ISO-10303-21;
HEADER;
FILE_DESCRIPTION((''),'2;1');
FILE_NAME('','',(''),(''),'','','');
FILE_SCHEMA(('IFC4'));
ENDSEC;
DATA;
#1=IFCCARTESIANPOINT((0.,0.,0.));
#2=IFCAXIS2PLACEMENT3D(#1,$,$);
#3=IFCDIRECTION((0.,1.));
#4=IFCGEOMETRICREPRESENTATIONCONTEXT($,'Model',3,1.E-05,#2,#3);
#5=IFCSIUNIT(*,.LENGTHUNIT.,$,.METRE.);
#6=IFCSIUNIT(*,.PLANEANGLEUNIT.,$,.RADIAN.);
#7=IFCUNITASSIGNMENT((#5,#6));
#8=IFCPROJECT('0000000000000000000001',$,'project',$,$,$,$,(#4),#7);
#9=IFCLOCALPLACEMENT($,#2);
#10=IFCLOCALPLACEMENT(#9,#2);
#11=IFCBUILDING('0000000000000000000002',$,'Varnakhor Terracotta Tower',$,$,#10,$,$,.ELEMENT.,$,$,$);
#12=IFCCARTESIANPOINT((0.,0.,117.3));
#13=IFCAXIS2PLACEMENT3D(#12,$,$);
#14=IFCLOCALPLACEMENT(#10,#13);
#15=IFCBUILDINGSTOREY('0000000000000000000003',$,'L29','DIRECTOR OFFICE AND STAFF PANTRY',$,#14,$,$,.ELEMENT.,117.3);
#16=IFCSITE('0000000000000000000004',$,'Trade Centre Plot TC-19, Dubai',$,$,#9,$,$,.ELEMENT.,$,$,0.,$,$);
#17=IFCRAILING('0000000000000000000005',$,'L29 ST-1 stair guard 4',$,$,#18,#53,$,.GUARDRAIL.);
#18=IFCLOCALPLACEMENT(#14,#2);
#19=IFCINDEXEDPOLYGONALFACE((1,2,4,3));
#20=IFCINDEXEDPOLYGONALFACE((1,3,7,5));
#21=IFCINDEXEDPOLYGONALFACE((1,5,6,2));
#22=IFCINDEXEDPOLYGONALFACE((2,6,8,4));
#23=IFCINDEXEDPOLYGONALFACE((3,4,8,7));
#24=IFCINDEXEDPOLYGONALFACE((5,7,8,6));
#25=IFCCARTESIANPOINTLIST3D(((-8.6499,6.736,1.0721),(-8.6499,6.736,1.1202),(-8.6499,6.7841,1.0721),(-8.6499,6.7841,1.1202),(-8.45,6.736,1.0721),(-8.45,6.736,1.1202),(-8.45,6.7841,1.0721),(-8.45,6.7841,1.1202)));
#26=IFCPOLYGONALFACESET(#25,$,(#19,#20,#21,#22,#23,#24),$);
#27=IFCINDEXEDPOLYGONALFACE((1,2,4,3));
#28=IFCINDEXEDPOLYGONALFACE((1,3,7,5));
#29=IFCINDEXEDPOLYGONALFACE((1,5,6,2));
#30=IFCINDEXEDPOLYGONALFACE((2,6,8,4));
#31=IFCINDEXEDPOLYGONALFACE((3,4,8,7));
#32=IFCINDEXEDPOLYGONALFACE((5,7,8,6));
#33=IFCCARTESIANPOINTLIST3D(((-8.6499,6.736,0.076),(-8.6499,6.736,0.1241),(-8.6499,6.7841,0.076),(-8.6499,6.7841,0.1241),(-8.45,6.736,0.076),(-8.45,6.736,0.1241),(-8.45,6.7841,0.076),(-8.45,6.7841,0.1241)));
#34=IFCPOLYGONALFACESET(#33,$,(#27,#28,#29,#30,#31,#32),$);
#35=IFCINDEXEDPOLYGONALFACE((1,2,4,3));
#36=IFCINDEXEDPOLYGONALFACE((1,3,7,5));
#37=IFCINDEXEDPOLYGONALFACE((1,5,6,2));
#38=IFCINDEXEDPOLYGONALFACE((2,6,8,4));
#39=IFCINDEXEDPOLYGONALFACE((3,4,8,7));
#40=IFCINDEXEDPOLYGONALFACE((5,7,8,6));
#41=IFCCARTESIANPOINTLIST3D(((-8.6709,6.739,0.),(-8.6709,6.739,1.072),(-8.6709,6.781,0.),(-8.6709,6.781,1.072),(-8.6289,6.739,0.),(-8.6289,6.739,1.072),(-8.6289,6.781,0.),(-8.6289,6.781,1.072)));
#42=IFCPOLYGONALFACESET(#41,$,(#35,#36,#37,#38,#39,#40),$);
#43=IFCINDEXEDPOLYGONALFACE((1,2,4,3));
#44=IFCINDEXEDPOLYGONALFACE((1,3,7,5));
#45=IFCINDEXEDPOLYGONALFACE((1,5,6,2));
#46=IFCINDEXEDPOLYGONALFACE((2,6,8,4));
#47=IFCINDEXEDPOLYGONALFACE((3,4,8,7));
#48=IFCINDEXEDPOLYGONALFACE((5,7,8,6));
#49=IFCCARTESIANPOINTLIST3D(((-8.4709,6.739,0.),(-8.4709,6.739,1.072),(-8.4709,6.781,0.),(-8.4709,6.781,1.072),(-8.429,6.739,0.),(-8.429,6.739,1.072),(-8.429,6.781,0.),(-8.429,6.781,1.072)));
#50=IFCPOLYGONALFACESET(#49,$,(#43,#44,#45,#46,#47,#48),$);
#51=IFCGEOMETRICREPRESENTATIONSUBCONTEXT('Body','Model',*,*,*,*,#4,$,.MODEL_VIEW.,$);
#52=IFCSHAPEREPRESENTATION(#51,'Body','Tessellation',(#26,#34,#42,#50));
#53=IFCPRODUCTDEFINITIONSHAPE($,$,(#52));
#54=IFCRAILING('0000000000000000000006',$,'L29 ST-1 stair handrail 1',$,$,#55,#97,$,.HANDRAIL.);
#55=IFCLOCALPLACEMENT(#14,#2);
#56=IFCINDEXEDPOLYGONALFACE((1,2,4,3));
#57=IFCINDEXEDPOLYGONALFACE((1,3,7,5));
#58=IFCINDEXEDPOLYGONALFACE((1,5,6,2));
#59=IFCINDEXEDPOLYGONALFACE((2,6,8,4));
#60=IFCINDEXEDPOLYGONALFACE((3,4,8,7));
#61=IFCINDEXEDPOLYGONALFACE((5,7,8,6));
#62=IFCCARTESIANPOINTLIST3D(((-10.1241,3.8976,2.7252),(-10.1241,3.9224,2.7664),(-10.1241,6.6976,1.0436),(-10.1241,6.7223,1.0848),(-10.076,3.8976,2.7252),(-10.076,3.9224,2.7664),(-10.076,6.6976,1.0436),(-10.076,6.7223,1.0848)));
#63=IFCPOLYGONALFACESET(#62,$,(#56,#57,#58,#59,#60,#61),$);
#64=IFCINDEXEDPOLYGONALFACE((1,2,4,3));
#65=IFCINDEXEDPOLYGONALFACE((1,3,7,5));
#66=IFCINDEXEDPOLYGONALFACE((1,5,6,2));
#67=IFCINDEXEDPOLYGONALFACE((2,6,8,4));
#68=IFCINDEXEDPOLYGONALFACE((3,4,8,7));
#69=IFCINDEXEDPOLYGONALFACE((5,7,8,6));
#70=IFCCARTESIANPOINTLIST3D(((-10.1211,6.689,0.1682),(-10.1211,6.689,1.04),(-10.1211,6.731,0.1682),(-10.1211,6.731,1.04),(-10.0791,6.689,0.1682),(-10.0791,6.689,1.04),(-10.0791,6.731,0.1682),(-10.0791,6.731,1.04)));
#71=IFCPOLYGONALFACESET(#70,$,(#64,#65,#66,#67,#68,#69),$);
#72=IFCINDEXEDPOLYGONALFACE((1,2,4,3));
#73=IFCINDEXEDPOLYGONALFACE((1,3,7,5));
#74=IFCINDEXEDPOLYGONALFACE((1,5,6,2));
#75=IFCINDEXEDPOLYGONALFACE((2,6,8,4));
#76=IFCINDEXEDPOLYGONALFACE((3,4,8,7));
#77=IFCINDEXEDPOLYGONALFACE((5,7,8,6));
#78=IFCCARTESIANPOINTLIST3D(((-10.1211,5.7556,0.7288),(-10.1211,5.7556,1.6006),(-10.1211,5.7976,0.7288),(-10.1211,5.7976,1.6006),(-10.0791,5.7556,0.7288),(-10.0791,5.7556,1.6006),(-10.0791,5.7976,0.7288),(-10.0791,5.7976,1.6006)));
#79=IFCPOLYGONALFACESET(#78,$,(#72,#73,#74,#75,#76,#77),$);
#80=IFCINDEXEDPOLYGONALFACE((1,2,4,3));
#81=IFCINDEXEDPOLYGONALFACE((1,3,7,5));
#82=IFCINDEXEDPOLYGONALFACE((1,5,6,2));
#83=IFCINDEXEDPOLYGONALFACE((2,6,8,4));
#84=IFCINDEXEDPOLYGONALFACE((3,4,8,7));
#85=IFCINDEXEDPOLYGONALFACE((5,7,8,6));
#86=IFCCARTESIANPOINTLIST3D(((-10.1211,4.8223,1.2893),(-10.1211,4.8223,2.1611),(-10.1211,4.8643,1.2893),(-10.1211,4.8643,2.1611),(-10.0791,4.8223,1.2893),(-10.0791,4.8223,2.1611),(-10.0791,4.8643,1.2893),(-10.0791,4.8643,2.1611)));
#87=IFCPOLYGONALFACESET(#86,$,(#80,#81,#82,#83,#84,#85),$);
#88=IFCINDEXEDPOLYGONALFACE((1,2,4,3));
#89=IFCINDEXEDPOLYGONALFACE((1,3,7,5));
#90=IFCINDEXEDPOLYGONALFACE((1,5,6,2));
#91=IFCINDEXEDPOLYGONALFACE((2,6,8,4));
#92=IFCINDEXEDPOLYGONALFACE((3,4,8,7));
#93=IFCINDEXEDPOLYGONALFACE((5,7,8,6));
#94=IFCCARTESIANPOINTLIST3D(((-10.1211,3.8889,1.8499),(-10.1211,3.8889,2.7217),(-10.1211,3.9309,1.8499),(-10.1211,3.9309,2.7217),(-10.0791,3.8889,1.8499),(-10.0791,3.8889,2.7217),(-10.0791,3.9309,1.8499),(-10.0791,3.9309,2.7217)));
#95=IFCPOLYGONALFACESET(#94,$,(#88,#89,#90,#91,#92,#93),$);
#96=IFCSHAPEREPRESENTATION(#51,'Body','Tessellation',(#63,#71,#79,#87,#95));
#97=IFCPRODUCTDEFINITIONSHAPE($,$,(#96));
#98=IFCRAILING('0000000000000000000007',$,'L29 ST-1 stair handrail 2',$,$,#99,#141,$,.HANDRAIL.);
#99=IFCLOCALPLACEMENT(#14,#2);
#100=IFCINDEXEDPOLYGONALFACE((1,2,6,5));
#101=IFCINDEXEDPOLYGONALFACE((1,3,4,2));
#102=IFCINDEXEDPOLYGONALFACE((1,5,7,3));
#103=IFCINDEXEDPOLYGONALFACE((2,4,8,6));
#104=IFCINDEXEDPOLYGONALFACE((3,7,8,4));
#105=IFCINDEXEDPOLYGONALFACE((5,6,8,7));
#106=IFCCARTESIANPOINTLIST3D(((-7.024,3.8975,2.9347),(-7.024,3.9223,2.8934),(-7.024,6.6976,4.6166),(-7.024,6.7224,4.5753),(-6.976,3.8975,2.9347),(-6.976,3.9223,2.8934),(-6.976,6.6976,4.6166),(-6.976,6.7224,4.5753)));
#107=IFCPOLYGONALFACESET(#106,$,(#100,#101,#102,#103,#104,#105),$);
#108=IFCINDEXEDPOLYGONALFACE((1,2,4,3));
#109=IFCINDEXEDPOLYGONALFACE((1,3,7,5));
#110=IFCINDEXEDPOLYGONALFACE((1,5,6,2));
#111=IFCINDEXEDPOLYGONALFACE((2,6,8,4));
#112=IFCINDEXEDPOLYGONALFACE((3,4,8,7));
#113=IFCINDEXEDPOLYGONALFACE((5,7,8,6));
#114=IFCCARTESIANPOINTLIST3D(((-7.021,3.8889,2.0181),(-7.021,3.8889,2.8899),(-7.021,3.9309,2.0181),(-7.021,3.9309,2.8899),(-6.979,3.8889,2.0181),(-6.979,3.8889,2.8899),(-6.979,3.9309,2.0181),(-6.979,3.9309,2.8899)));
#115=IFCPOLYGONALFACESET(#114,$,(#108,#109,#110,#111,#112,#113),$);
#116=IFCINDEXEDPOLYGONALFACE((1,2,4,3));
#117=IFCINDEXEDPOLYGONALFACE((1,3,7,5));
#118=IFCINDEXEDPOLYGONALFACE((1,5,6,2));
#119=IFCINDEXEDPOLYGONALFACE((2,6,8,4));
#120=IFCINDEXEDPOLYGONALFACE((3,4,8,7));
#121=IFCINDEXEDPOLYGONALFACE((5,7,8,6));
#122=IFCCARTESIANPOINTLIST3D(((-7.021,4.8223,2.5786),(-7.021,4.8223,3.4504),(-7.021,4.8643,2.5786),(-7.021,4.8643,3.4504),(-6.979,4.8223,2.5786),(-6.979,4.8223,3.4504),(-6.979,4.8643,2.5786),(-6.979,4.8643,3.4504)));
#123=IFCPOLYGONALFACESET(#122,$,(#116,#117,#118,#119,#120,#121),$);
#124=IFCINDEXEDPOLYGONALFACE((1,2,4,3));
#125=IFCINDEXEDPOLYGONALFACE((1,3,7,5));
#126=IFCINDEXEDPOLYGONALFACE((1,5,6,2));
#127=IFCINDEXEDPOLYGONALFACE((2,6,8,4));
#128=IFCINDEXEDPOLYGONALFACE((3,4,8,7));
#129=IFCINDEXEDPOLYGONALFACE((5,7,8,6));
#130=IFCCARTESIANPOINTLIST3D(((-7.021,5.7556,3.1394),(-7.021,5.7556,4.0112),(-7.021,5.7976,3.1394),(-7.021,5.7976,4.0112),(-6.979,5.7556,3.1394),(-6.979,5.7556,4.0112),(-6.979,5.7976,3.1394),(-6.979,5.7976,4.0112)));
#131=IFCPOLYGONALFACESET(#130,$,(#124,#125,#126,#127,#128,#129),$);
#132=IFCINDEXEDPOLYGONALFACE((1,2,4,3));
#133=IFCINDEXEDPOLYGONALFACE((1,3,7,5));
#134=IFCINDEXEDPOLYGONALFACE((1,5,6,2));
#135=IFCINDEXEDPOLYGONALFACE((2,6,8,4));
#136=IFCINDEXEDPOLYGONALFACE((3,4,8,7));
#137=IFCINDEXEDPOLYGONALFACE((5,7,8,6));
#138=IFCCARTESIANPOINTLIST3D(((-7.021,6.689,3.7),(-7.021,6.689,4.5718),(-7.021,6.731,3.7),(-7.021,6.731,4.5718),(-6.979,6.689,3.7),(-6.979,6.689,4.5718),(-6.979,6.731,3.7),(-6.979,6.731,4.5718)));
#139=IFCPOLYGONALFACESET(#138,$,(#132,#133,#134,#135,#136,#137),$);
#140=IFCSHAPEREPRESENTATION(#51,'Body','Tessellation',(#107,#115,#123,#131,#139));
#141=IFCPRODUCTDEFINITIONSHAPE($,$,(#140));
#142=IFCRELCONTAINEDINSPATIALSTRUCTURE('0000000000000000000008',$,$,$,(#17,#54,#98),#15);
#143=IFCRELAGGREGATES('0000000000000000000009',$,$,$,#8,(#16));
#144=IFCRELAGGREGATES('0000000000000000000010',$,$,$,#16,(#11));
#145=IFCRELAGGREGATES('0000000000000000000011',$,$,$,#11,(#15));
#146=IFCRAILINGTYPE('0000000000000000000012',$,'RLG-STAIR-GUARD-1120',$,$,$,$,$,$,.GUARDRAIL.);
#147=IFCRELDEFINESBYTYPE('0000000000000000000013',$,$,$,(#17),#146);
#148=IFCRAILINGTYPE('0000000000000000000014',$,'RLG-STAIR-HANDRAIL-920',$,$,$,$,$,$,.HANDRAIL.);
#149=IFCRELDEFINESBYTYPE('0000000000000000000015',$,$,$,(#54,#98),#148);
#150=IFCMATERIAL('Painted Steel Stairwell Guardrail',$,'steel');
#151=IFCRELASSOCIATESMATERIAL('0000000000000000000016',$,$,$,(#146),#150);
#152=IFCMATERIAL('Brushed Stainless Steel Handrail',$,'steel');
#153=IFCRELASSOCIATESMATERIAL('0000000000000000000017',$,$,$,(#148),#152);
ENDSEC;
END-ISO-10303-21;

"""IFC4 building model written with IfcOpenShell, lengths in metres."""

from ifc_helpers import new_model, si_unit, direction, frame, origin, origin_2d, place, context, subcontext, project, spatial, rectangle, extrude, material, type_object, element, save


model = new_model("IFC4")

# Units and contexts
model_context = context("Model", 3, precision=1e-05, world=origin(), true_north=direction((0.0, 1.0)))
body_context = subcontext(model_context, "Body", "Model", "MODEL_VIEW")
ifc_project = project(units=[si_unit("LENGTHUNIT", "METRE"), si_unit("PLANEANGLEUNIT", "RADIAN")], contexts=[model_context])

# Site, building, storey
site_placement = place(None, origin())
site = spatial("IfcSite", under=ifc_project, at=site_placement, Name="Trade Centre Plot TC-19, Dubai", CompositionType="ELEMENT", RefElevation=0.0)
building_placement = place(site_placement, origin())
building = spatial("IfcBuilding", under=site, at=building_placement, Name="Varnakhor Terracotta Tower", CompositionType="ELEMENT")
storey_placement = place(building_placement, frame((0.0, 0.0, 117.3)))
storey = spatial("IfcBuildingStorey", under=building, at=storey_placement, Name="L29", Description="DIRECTOR OFFICE AND STAFF PANTRY", CompositionType="ELEMENT", Elevation=117.3)

# Railings
ifc_material_1 = material(Name="Painted Steel Stairwell Guardrail", Category="steel")
railing_type_1 = type_object("IfcRailingType", Name="RLG-STAIR-GUARD-1120", PredefinedType="GUARDRAIL", material=ifc_material_1)
railing_1_placement = place(storey_placement, frame((-8.6499, 6.76, 0.0)))
element("IfcRailing", 1, at=railing_1_placement, inside=storey, type_object=railing_type_1, Name="L29 ST-1 stair guard 4", PredefinedType="GUARDRAIL", context=body_context, shape_type="SweptSolid", body=[
    extrude(rectangle(XDim=0.0481, YDim=0.0481, at=origin_2d()), frame((0.0, 0.0, 1.0962), z_axis=(1.0, 0.0, 0.0), x_axis=(0.0, 1.0, 0.0)), (0.0, 0.0, 1.0), 0.2),
    extrude(rectangle(XDim=0.0481, YDim=0.0481, at=origin_2d()), frame((0.0, 0.0, 0.1001), z_axis=(1.0, 0.0, 0.0), x_axis=(0.0, 1.0, 0.0)), (0.0, 0.0, 1.0), 0.2),
    extrude(rectangle(XDim=0.042, YDim=0.042, at=origin_2d()), origin(), (0.0, 0.0, 1.0), 1.072),
    extrude(rectangle(XDim=0.042, YDim=0.042, at=origin_2d()), frame((0.2, 0.0, 0.0)), (0.0, 0.0, 1.0), 1.072),
])
ifc_material_2 = material(Name="Brushed Stainless Steel Handrail", Category="steel")
railing_type_2 = type_object("IfcRailingType", Name="RLG-STAIR-HANDRAIL-920", PredefinedType="HANDRAIL", material=ifc_material_2)
railing_2_placement = place(storey_placement, frame((-10.1001, 6.71, 0.1682)))
element("IfcRailing", 2, at=railing_2_placement, inside=storey, type_object=railing_type_2, Name="L29 ST-1 stair handrail 1", PredefinedType="HANDRAIL", context=body_context, shape_type="SweptSolid", body=[
    extrude(rectangle(XDim=0.0481, YDim=0.0481, at=origin_2d()), frame((0.0, 0.0, 0.896), z_axis=(0.0, -0.857275, 0.514858), x_axis=(1.0, 0.0, 0.0)), (0.0, 0.0, 1.0), 3.2661),
    extrude(rectangle(XDim=0.042, YDim=0.042, at=origin_2d()), origin(), (0.0, 0.0, 1.0), 0.8718),
    extrude(rectangle(XDim=0.042, YDim=0.042, at=origin_2d()), frame((0.0, -0.9333, 0.5605)), (0.0, 0.0, 1.0), 0.8718),
    extrude(rectangle(XDim=0.042, YDim=0.042, at=origin_2d()), frame((0.0, -1.8667, 1.1211)), (0.0, 0.0, 1.0), 0.8718),
    extrude(rectangle(XDim=0.042, YDim=0.042, at=origin_2d()), frame((0.0, -2.8, 1.6816)), (0.0, 0.0, 1.0), 0.8718),
])
railing_3_placement = place(storey_placement, frame((-7.0, 3.9099, 2.0181)))
element("IfcRailing", 3, at=railing_3_placement, inside=storey, type_object=railing_type_2, Name="L29 ST-1 stair handrail 2", PredefinedType="HANDRAIL", context=body_context, shape_type="SweptSolid", body=[
    extrude(rectangle(XDim=0.0481, YDim=0.0481, at=origin_2d()), frame((0.0, 0.0, 0.896), z_axis=(0.0, 0.857242, 0.514913), x_axis=(-1.0, 0.0, 0.0)), (0.0, 0.0, 1.0), 3.2664),
    extrude(rectangle(XDim=0.042, YDim=0.042, at=origin_2d()), origin(), (0.0, 0.0, 1.0), 0.8718),
    extrude(rectangle(XDim=0.042, YDim=0.042, at=origin_2d()), frame((0.0, 0.9333, 0.5605)), (0.0, 0.0, 1.0), 0.8718),
    extrude(rectangle(XDim=0.042, YDim=0.042, at=origin_2d()), frame((0.0, 1.8667, 1.1213)), (0.0, 0.0, 1.0), 0.8718),
    extrude(rectangle(XDim=0.042, YDim=0.042, at=origin_2d()), frame((0.0, 2.8, 1.6819)), (0.0, 0.0, 1.0), 0.8718),
])

save(model, "model.ifc")
